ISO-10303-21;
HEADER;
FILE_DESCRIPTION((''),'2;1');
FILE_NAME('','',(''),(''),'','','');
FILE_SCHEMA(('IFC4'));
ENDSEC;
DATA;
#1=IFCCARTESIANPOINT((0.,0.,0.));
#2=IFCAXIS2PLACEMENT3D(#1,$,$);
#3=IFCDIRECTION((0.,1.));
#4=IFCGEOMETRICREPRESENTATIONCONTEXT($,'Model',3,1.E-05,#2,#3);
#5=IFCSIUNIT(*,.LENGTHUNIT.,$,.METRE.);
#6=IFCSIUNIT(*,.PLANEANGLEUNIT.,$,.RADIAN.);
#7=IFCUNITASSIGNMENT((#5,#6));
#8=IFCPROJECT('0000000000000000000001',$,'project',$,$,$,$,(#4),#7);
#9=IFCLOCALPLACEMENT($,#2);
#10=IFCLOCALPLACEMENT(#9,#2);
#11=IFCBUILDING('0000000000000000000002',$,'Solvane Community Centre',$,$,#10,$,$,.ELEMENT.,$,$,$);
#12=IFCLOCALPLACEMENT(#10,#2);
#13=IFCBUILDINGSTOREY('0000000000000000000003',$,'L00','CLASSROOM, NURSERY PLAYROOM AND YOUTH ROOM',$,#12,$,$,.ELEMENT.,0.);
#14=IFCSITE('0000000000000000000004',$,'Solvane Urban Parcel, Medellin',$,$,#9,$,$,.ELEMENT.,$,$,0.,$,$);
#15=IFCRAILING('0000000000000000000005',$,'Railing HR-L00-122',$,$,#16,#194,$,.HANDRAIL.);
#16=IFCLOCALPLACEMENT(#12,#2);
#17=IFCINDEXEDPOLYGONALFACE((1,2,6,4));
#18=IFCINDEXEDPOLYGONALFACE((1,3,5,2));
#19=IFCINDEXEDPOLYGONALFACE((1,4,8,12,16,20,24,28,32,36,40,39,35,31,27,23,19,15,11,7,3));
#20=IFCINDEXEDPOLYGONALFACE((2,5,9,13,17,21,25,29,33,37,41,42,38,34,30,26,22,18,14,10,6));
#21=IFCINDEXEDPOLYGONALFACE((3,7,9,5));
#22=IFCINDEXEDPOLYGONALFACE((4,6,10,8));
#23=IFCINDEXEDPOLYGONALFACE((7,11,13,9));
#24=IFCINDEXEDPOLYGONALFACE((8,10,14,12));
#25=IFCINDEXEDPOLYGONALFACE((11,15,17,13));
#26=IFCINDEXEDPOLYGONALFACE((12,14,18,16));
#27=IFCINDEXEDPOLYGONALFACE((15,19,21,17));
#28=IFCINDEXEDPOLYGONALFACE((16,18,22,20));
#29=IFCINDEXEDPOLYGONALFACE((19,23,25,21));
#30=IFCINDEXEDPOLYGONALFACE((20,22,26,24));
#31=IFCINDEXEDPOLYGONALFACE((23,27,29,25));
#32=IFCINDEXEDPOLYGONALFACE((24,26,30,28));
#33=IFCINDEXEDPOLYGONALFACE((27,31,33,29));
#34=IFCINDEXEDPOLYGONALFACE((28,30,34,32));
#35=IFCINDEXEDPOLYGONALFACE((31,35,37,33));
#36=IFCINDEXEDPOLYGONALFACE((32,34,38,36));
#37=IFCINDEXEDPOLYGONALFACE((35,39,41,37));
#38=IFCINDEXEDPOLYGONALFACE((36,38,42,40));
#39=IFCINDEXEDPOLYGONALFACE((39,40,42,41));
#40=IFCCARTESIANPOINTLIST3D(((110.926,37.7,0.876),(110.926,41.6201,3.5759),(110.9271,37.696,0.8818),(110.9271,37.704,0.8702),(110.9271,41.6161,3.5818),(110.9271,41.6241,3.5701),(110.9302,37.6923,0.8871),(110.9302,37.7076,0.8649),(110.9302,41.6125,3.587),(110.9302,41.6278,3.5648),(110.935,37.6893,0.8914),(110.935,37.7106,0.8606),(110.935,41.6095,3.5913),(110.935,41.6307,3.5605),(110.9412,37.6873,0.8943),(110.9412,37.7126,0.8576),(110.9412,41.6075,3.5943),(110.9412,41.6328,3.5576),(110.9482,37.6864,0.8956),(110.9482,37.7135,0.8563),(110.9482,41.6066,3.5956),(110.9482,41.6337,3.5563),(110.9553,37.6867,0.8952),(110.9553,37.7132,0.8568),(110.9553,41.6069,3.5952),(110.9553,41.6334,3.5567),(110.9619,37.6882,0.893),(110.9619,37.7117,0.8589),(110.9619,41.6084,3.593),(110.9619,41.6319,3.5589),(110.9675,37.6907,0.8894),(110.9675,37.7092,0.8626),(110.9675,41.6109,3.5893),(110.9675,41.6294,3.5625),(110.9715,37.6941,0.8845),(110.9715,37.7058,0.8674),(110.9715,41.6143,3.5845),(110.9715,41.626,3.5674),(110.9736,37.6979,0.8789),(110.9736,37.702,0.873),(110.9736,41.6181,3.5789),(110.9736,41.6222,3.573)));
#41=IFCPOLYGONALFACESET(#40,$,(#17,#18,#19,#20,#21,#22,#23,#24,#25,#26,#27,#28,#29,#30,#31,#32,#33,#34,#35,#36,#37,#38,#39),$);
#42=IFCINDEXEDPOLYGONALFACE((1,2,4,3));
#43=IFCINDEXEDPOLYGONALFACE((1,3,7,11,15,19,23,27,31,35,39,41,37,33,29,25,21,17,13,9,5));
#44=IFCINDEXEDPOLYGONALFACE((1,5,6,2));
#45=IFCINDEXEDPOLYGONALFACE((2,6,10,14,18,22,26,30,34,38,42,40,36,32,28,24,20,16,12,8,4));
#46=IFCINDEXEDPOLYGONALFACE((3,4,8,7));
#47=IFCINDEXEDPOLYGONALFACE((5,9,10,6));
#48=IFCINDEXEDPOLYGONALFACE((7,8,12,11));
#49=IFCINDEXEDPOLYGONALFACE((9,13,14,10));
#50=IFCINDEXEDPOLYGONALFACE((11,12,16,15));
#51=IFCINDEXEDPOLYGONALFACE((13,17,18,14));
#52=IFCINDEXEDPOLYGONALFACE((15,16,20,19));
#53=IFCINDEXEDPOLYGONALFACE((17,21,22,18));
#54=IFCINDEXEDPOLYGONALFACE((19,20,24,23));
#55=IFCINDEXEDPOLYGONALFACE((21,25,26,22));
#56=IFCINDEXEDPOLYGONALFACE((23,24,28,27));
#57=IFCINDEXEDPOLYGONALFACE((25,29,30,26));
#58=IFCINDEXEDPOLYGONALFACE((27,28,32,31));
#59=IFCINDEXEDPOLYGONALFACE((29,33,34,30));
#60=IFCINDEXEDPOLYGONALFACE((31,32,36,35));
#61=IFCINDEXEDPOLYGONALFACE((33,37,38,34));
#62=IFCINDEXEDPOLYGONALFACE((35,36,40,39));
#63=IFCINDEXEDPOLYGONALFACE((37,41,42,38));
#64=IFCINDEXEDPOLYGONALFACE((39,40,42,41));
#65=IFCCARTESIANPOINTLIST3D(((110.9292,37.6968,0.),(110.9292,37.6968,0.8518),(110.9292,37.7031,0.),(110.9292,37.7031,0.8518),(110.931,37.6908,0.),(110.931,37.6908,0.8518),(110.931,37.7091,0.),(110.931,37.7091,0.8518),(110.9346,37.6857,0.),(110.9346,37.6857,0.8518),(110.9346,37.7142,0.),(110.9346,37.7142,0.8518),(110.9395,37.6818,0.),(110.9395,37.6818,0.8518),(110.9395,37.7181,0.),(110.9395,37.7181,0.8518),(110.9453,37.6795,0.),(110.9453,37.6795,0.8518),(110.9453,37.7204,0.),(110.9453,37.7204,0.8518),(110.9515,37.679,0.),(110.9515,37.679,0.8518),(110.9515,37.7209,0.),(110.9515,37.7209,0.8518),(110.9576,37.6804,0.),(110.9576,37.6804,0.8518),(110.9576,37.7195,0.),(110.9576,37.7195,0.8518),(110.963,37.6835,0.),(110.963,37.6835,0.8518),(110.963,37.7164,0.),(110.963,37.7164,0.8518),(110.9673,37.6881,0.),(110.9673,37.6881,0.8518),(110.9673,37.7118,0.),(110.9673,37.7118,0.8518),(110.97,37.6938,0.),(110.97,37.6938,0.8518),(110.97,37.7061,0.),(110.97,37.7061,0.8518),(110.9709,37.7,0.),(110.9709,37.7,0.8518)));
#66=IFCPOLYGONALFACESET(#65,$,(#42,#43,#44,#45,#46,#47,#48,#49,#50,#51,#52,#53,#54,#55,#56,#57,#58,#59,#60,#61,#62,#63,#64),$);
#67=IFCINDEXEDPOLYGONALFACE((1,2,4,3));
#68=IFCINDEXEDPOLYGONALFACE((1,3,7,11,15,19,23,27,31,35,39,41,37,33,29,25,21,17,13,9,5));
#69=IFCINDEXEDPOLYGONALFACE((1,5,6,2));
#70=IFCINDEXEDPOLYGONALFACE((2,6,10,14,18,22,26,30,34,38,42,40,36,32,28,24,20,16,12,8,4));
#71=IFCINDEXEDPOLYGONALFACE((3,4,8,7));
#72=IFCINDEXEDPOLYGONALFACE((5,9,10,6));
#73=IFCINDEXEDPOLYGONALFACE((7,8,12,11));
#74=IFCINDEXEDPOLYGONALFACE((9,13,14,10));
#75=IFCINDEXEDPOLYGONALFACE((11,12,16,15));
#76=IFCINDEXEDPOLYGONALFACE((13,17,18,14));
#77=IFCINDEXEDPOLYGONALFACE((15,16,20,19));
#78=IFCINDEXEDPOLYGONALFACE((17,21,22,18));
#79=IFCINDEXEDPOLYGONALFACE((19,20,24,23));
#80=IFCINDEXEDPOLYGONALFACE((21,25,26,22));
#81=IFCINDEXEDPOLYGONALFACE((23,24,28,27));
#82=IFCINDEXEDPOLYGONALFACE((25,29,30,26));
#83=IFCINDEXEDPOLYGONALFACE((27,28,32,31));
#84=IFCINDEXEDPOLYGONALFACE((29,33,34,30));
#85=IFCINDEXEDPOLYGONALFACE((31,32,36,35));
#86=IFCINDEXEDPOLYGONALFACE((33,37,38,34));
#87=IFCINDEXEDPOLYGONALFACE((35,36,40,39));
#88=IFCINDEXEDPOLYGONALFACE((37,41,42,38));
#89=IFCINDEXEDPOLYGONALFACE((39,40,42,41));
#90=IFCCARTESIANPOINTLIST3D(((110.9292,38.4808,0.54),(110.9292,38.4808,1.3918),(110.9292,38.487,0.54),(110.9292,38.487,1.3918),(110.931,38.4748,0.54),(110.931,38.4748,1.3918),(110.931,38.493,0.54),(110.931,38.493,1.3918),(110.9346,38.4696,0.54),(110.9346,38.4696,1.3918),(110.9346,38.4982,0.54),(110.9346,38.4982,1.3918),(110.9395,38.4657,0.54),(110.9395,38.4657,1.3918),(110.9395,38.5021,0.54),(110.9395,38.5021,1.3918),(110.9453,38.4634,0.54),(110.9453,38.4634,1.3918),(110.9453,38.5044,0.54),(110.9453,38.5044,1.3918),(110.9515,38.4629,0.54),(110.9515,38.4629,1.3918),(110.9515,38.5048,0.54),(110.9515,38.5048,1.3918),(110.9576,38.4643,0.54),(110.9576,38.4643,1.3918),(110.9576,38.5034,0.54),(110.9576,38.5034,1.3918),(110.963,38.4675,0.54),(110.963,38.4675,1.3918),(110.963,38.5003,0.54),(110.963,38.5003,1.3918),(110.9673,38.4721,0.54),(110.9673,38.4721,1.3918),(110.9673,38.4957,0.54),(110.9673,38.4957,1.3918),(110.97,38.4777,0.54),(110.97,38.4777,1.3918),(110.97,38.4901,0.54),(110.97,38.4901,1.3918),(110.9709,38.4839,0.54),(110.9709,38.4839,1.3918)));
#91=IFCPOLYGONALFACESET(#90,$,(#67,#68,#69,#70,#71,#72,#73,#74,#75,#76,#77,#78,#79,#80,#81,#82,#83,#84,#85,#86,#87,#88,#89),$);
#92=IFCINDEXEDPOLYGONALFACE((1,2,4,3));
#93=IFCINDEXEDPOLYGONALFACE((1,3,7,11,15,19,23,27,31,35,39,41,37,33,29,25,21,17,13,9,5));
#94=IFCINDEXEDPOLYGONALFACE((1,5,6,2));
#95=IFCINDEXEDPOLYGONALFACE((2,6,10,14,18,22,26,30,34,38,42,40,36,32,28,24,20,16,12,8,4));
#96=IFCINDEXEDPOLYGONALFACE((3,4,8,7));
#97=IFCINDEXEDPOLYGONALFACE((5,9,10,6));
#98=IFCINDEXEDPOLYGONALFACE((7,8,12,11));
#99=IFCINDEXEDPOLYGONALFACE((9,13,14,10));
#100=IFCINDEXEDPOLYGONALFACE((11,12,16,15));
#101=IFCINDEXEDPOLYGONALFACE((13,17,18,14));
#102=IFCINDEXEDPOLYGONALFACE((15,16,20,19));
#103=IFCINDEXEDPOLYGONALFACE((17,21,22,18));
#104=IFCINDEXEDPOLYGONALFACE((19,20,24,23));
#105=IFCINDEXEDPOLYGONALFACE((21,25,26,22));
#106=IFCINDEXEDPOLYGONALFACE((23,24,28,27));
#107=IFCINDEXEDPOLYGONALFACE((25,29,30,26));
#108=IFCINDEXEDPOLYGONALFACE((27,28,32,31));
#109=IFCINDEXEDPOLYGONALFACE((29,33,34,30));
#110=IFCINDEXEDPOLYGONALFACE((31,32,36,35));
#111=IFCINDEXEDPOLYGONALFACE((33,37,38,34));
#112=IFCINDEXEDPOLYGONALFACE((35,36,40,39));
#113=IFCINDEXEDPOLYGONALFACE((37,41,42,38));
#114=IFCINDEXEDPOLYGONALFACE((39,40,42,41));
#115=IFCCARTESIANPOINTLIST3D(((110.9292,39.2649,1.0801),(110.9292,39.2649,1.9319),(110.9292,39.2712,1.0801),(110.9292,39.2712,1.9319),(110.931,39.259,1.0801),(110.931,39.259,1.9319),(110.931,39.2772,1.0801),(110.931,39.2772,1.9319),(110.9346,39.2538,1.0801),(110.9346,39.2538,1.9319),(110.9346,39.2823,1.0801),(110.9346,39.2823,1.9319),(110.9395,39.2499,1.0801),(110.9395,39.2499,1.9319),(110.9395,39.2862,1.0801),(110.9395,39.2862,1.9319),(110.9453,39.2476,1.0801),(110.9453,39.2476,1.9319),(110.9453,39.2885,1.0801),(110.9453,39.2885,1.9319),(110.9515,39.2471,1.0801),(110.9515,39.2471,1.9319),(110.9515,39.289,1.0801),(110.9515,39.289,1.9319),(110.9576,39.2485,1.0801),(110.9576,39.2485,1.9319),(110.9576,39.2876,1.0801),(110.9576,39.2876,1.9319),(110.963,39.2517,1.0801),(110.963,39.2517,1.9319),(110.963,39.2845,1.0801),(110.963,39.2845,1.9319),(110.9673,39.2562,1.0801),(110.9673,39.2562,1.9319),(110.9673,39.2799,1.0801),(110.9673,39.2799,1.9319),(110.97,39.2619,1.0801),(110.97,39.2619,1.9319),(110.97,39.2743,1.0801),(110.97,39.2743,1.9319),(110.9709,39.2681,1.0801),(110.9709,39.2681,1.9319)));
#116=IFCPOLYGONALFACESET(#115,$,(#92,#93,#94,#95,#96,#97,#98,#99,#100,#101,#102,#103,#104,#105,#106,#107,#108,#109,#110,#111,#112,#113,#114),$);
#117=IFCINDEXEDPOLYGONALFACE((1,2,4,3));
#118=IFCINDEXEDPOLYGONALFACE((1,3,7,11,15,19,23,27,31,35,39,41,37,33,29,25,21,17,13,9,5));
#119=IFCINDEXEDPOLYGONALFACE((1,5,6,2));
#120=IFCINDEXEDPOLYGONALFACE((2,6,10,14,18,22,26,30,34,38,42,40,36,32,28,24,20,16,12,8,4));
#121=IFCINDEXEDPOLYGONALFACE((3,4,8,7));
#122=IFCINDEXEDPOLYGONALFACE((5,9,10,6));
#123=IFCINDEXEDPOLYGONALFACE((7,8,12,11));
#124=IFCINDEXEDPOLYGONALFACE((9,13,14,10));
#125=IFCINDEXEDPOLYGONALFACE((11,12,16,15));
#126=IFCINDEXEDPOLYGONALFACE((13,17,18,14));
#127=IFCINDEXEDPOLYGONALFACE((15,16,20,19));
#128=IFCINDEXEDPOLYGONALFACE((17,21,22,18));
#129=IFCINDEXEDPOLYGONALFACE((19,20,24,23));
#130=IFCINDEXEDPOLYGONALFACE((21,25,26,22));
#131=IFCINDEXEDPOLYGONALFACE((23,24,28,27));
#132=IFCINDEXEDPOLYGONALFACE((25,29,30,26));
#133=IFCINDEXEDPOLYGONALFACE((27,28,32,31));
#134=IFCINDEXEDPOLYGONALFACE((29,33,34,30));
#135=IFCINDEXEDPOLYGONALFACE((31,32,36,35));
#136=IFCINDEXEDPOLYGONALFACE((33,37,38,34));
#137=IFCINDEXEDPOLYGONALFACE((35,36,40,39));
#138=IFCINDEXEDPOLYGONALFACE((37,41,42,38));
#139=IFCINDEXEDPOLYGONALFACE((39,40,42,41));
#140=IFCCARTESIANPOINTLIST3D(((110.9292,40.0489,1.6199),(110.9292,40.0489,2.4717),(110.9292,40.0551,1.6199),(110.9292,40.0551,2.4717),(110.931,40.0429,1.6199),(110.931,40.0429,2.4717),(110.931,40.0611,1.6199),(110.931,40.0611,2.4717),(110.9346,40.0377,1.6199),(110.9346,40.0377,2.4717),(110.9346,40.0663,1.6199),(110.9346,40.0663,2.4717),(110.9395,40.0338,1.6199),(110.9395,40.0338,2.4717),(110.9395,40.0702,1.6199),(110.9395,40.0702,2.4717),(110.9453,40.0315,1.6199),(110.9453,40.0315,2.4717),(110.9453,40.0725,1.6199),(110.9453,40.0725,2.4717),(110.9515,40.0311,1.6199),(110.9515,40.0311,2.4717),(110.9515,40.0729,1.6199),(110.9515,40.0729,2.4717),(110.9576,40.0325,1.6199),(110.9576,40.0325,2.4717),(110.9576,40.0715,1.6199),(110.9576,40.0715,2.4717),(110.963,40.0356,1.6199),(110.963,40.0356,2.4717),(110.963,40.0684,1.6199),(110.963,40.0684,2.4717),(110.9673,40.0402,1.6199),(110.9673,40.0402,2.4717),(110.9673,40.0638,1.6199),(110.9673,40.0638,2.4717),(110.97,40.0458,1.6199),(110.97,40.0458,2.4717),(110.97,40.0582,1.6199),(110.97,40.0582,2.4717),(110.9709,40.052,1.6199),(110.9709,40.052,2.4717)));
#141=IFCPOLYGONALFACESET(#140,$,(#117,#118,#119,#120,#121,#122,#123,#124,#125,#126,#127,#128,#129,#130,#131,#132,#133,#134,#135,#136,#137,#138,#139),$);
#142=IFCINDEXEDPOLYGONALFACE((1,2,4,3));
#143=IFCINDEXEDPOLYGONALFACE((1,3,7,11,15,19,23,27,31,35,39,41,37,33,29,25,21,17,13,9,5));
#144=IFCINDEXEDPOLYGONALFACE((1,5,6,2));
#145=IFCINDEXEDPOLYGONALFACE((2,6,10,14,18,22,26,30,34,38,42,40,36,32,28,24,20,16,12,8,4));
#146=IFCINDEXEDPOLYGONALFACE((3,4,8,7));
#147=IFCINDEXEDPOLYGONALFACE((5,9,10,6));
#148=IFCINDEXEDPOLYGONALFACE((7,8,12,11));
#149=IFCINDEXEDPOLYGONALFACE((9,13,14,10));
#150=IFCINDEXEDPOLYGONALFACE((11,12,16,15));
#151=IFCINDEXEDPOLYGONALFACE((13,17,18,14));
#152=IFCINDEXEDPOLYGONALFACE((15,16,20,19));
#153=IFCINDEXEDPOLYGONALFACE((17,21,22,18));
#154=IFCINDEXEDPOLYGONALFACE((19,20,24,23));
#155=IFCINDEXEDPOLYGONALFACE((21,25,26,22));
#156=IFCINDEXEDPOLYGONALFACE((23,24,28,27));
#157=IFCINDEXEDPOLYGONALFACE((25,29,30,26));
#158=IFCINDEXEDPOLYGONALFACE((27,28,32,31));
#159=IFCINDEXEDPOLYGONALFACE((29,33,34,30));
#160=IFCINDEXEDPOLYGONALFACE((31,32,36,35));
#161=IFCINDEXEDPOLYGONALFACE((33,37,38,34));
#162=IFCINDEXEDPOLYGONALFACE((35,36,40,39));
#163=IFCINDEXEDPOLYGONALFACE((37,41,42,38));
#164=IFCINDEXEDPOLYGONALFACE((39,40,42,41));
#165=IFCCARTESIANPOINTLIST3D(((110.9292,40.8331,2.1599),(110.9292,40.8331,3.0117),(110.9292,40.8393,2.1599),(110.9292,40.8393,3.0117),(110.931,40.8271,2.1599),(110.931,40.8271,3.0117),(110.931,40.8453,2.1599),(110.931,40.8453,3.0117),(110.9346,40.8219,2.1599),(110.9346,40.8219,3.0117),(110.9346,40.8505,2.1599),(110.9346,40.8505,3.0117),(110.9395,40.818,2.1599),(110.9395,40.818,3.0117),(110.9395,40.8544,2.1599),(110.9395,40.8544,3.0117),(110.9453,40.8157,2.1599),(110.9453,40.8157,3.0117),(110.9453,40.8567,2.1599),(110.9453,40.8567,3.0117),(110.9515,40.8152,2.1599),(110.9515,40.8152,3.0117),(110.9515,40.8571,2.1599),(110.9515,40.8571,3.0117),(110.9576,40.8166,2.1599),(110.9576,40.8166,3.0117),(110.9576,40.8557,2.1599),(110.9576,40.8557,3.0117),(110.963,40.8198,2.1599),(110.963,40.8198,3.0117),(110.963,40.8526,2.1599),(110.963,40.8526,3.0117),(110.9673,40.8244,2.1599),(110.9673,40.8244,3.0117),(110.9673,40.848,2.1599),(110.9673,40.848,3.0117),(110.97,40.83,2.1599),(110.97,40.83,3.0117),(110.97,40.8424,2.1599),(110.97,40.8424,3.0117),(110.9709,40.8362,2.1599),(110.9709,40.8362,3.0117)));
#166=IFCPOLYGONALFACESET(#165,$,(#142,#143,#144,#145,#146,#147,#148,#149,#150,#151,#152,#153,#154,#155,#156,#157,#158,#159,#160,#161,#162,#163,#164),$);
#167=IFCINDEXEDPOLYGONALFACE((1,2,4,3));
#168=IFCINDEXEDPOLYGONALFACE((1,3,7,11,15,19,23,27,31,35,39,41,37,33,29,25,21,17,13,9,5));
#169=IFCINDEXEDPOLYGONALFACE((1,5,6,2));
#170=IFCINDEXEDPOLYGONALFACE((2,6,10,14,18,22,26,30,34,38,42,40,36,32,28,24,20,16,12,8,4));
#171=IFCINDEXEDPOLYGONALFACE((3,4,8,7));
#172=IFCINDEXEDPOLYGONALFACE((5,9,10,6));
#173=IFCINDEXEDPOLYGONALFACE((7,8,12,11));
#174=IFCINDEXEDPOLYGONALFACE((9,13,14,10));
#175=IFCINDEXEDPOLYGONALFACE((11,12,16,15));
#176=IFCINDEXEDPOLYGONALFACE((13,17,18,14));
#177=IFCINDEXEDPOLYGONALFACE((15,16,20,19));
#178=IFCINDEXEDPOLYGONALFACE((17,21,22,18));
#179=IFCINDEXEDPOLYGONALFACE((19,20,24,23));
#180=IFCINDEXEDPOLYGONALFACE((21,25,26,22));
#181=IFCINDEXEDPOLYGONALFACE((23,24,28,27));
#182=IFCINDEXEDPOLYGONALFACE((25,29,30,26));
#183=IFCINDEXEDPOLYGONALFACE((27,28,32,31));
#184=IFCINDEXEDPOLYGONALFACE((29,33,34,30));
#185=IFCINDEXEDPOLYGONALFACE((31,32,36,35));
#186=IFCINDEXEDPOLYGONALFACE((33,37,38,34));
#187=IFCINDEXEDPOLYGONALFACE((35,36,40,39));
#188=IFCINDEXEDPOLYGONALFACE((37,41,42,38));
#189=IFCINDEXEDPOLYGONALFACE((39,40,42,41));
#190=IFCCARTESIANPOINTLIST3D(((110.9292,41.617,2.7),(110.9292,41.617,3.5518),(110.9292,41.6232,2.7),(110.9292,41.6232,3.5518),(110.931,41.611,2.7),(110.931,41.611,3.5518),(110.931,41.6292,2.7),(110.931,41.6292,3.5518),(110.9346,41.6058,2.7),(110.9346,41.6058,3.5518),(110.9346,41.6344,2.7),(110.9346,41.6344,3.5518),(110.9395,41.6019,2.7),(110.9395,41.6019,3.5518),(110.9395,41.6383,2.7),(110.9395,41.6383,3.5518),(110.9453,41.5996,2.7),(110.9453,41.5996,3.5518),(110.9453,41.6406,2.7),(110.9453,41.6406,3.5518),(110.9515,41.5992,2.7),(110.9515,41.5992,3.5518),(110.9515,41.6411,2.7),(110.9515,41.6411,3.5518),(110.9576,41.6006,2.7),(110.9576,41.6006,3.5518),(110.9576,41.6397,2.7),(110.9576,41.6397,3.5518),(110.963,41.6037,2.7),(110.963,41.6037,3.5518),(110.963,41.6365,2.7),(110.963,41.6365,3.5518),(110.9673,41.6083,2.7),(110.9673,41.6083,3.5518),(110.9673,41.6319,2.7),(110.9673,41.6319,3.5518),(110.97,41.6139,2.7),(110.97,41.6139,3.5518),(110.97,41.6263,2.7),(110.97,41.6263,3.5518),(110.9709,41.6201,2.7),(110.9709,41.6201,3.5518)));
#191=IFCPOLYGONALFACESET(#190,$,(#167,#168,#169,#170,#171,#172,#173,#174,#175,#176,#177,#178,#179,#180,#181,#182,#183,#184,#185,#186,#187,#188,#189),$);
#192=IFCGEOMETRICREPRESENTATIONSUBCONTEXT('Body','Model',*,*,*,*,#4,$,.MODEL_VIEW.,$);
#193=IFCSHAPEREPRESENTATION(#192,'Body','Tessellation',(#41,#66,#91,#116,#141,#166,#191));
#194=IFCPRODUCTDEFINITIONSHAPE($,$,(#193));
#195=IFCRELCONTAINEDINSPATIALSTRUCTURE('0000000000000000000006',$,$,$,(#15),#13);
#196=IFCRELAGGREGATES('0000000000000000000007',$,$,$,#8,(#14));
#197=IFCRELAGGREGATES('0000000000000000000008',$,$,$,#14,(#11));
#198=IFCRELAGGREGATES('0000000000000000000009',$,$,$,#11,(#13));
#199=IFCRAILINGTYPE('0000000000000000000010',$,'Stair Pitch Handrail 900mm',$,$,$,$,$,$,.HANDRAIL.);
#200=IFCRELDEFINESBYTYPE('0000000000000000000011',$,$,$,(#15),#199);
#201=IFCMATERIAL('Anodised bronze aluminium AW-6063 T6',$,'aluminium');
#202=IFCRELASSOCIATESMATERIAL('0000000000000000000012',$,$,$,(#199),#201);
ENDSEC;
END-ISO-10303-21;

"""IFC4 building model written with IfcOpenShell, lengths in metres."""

from ifc_helpers import new_model, si_unit, direction, frame, origin, origin_2d, place, context, subcontext, project, spatial, circle, extrude, material, type_object, element, save


model = new_model("IFC4")

# Units and contexts
model_context = context("Model", 3, precision=1e-05, world=origin(), true_north=direction((0.0, 1.0)))
body_context = subcontext(model_context, "Body", "Model", "MODEL_VIEW")
ifc_project = project(units=[si_unit("LENGTHUNIT", "METRE"), si_unit("PLANEANGLEUNIT", "RADIAN")], contexts=[model_context])

# Site, building, storey
site_placement = place(None, origin())
site = spatial("IfcSite", under=ifc_project, at=site_placement, Name="Solvane Urban Parcel, Medellin", CompositionType="ELEMENT", RefElevation=0.0)
building_placement = place(site_placement, origin())
building = spatial("IfcBuilding", under=site, at=building_placement, Name="Solvane Community Centre", CompositionType="ELEMENT")
storey_placement = place(building_placement, origin())
storey = spatial("IfcBuildingStorey", under=building, at=storey_placement, Name="L00", Description="CLASSROOM, NURSERY PLAYROOM AND YOUTH ROOM", CompositionType="ELEMENT", Elevation=0.0)

# Shared definitions
ifc_material_1 = material(Name="Anodised bronze aluminium AW-6063 T6", Category="aluminium")

# Railing
railing_type_1 = type_object("IfcRailingType", Name="Stair Pitch Handrail 900mm", PredefinedType="HANDRAIL", material=ifc_material_1)
railing_1_placement = place(storey_placement, frame((110.95, 37.7, 0.0)))
element("IfcRailing", 1, at=railing_1_placement, inside=storey, type_object=railing_type_1, Name="Railing HR-L00-122", PredefinedType="HANDRAIL", context=body_context, shape_type="SweptSolid", body=[
    extrude(circle(Radius=0.0239, at=origin_2d()), frame((0.0, 0.0, 0.876), z_axis=(0.0, 0.823567, 0.567219), x_axis=(-1.0, 0.0, 0.0)), (0.0, 0.0, 1.0), 4.76),
    extrude(circle(Radius=0.021, at=origin_2d()), origin(), (0.0, 0.0, 1.0), 0.8518),
    extrude(circle(Radius=0.021, at=origin_2d()), frame((0.0, 0.7839, 0.54)), (0.0, 0.0, 1.0), 0.8518),
    extrude(circle(Radius=0.021, at=origin_2d()), frame((0.0, 1.5681, 1.0801)), (0.0, 0.0, 1.0), 0.8518),
    extrude(circle(Radius=0.021, at=origin_2d()), frame((0.0, 2.3521, 1.6199)), (0.0, 0.0, 1.0), 0.8518),
    extrude(circle(Radius=0.021, at=origin_2d()), frame((0.0, 3.1362, 2.1599)), (0.0, 0.0, 1.0), 0.8518),
    extrude(circle(Radius=0.021, at=origin_2d()), frame((0.0, 3.9202, 2.7)), (0.0, 0.0, 1.0), 0.8518),
])

save(model, "model.ifc")
